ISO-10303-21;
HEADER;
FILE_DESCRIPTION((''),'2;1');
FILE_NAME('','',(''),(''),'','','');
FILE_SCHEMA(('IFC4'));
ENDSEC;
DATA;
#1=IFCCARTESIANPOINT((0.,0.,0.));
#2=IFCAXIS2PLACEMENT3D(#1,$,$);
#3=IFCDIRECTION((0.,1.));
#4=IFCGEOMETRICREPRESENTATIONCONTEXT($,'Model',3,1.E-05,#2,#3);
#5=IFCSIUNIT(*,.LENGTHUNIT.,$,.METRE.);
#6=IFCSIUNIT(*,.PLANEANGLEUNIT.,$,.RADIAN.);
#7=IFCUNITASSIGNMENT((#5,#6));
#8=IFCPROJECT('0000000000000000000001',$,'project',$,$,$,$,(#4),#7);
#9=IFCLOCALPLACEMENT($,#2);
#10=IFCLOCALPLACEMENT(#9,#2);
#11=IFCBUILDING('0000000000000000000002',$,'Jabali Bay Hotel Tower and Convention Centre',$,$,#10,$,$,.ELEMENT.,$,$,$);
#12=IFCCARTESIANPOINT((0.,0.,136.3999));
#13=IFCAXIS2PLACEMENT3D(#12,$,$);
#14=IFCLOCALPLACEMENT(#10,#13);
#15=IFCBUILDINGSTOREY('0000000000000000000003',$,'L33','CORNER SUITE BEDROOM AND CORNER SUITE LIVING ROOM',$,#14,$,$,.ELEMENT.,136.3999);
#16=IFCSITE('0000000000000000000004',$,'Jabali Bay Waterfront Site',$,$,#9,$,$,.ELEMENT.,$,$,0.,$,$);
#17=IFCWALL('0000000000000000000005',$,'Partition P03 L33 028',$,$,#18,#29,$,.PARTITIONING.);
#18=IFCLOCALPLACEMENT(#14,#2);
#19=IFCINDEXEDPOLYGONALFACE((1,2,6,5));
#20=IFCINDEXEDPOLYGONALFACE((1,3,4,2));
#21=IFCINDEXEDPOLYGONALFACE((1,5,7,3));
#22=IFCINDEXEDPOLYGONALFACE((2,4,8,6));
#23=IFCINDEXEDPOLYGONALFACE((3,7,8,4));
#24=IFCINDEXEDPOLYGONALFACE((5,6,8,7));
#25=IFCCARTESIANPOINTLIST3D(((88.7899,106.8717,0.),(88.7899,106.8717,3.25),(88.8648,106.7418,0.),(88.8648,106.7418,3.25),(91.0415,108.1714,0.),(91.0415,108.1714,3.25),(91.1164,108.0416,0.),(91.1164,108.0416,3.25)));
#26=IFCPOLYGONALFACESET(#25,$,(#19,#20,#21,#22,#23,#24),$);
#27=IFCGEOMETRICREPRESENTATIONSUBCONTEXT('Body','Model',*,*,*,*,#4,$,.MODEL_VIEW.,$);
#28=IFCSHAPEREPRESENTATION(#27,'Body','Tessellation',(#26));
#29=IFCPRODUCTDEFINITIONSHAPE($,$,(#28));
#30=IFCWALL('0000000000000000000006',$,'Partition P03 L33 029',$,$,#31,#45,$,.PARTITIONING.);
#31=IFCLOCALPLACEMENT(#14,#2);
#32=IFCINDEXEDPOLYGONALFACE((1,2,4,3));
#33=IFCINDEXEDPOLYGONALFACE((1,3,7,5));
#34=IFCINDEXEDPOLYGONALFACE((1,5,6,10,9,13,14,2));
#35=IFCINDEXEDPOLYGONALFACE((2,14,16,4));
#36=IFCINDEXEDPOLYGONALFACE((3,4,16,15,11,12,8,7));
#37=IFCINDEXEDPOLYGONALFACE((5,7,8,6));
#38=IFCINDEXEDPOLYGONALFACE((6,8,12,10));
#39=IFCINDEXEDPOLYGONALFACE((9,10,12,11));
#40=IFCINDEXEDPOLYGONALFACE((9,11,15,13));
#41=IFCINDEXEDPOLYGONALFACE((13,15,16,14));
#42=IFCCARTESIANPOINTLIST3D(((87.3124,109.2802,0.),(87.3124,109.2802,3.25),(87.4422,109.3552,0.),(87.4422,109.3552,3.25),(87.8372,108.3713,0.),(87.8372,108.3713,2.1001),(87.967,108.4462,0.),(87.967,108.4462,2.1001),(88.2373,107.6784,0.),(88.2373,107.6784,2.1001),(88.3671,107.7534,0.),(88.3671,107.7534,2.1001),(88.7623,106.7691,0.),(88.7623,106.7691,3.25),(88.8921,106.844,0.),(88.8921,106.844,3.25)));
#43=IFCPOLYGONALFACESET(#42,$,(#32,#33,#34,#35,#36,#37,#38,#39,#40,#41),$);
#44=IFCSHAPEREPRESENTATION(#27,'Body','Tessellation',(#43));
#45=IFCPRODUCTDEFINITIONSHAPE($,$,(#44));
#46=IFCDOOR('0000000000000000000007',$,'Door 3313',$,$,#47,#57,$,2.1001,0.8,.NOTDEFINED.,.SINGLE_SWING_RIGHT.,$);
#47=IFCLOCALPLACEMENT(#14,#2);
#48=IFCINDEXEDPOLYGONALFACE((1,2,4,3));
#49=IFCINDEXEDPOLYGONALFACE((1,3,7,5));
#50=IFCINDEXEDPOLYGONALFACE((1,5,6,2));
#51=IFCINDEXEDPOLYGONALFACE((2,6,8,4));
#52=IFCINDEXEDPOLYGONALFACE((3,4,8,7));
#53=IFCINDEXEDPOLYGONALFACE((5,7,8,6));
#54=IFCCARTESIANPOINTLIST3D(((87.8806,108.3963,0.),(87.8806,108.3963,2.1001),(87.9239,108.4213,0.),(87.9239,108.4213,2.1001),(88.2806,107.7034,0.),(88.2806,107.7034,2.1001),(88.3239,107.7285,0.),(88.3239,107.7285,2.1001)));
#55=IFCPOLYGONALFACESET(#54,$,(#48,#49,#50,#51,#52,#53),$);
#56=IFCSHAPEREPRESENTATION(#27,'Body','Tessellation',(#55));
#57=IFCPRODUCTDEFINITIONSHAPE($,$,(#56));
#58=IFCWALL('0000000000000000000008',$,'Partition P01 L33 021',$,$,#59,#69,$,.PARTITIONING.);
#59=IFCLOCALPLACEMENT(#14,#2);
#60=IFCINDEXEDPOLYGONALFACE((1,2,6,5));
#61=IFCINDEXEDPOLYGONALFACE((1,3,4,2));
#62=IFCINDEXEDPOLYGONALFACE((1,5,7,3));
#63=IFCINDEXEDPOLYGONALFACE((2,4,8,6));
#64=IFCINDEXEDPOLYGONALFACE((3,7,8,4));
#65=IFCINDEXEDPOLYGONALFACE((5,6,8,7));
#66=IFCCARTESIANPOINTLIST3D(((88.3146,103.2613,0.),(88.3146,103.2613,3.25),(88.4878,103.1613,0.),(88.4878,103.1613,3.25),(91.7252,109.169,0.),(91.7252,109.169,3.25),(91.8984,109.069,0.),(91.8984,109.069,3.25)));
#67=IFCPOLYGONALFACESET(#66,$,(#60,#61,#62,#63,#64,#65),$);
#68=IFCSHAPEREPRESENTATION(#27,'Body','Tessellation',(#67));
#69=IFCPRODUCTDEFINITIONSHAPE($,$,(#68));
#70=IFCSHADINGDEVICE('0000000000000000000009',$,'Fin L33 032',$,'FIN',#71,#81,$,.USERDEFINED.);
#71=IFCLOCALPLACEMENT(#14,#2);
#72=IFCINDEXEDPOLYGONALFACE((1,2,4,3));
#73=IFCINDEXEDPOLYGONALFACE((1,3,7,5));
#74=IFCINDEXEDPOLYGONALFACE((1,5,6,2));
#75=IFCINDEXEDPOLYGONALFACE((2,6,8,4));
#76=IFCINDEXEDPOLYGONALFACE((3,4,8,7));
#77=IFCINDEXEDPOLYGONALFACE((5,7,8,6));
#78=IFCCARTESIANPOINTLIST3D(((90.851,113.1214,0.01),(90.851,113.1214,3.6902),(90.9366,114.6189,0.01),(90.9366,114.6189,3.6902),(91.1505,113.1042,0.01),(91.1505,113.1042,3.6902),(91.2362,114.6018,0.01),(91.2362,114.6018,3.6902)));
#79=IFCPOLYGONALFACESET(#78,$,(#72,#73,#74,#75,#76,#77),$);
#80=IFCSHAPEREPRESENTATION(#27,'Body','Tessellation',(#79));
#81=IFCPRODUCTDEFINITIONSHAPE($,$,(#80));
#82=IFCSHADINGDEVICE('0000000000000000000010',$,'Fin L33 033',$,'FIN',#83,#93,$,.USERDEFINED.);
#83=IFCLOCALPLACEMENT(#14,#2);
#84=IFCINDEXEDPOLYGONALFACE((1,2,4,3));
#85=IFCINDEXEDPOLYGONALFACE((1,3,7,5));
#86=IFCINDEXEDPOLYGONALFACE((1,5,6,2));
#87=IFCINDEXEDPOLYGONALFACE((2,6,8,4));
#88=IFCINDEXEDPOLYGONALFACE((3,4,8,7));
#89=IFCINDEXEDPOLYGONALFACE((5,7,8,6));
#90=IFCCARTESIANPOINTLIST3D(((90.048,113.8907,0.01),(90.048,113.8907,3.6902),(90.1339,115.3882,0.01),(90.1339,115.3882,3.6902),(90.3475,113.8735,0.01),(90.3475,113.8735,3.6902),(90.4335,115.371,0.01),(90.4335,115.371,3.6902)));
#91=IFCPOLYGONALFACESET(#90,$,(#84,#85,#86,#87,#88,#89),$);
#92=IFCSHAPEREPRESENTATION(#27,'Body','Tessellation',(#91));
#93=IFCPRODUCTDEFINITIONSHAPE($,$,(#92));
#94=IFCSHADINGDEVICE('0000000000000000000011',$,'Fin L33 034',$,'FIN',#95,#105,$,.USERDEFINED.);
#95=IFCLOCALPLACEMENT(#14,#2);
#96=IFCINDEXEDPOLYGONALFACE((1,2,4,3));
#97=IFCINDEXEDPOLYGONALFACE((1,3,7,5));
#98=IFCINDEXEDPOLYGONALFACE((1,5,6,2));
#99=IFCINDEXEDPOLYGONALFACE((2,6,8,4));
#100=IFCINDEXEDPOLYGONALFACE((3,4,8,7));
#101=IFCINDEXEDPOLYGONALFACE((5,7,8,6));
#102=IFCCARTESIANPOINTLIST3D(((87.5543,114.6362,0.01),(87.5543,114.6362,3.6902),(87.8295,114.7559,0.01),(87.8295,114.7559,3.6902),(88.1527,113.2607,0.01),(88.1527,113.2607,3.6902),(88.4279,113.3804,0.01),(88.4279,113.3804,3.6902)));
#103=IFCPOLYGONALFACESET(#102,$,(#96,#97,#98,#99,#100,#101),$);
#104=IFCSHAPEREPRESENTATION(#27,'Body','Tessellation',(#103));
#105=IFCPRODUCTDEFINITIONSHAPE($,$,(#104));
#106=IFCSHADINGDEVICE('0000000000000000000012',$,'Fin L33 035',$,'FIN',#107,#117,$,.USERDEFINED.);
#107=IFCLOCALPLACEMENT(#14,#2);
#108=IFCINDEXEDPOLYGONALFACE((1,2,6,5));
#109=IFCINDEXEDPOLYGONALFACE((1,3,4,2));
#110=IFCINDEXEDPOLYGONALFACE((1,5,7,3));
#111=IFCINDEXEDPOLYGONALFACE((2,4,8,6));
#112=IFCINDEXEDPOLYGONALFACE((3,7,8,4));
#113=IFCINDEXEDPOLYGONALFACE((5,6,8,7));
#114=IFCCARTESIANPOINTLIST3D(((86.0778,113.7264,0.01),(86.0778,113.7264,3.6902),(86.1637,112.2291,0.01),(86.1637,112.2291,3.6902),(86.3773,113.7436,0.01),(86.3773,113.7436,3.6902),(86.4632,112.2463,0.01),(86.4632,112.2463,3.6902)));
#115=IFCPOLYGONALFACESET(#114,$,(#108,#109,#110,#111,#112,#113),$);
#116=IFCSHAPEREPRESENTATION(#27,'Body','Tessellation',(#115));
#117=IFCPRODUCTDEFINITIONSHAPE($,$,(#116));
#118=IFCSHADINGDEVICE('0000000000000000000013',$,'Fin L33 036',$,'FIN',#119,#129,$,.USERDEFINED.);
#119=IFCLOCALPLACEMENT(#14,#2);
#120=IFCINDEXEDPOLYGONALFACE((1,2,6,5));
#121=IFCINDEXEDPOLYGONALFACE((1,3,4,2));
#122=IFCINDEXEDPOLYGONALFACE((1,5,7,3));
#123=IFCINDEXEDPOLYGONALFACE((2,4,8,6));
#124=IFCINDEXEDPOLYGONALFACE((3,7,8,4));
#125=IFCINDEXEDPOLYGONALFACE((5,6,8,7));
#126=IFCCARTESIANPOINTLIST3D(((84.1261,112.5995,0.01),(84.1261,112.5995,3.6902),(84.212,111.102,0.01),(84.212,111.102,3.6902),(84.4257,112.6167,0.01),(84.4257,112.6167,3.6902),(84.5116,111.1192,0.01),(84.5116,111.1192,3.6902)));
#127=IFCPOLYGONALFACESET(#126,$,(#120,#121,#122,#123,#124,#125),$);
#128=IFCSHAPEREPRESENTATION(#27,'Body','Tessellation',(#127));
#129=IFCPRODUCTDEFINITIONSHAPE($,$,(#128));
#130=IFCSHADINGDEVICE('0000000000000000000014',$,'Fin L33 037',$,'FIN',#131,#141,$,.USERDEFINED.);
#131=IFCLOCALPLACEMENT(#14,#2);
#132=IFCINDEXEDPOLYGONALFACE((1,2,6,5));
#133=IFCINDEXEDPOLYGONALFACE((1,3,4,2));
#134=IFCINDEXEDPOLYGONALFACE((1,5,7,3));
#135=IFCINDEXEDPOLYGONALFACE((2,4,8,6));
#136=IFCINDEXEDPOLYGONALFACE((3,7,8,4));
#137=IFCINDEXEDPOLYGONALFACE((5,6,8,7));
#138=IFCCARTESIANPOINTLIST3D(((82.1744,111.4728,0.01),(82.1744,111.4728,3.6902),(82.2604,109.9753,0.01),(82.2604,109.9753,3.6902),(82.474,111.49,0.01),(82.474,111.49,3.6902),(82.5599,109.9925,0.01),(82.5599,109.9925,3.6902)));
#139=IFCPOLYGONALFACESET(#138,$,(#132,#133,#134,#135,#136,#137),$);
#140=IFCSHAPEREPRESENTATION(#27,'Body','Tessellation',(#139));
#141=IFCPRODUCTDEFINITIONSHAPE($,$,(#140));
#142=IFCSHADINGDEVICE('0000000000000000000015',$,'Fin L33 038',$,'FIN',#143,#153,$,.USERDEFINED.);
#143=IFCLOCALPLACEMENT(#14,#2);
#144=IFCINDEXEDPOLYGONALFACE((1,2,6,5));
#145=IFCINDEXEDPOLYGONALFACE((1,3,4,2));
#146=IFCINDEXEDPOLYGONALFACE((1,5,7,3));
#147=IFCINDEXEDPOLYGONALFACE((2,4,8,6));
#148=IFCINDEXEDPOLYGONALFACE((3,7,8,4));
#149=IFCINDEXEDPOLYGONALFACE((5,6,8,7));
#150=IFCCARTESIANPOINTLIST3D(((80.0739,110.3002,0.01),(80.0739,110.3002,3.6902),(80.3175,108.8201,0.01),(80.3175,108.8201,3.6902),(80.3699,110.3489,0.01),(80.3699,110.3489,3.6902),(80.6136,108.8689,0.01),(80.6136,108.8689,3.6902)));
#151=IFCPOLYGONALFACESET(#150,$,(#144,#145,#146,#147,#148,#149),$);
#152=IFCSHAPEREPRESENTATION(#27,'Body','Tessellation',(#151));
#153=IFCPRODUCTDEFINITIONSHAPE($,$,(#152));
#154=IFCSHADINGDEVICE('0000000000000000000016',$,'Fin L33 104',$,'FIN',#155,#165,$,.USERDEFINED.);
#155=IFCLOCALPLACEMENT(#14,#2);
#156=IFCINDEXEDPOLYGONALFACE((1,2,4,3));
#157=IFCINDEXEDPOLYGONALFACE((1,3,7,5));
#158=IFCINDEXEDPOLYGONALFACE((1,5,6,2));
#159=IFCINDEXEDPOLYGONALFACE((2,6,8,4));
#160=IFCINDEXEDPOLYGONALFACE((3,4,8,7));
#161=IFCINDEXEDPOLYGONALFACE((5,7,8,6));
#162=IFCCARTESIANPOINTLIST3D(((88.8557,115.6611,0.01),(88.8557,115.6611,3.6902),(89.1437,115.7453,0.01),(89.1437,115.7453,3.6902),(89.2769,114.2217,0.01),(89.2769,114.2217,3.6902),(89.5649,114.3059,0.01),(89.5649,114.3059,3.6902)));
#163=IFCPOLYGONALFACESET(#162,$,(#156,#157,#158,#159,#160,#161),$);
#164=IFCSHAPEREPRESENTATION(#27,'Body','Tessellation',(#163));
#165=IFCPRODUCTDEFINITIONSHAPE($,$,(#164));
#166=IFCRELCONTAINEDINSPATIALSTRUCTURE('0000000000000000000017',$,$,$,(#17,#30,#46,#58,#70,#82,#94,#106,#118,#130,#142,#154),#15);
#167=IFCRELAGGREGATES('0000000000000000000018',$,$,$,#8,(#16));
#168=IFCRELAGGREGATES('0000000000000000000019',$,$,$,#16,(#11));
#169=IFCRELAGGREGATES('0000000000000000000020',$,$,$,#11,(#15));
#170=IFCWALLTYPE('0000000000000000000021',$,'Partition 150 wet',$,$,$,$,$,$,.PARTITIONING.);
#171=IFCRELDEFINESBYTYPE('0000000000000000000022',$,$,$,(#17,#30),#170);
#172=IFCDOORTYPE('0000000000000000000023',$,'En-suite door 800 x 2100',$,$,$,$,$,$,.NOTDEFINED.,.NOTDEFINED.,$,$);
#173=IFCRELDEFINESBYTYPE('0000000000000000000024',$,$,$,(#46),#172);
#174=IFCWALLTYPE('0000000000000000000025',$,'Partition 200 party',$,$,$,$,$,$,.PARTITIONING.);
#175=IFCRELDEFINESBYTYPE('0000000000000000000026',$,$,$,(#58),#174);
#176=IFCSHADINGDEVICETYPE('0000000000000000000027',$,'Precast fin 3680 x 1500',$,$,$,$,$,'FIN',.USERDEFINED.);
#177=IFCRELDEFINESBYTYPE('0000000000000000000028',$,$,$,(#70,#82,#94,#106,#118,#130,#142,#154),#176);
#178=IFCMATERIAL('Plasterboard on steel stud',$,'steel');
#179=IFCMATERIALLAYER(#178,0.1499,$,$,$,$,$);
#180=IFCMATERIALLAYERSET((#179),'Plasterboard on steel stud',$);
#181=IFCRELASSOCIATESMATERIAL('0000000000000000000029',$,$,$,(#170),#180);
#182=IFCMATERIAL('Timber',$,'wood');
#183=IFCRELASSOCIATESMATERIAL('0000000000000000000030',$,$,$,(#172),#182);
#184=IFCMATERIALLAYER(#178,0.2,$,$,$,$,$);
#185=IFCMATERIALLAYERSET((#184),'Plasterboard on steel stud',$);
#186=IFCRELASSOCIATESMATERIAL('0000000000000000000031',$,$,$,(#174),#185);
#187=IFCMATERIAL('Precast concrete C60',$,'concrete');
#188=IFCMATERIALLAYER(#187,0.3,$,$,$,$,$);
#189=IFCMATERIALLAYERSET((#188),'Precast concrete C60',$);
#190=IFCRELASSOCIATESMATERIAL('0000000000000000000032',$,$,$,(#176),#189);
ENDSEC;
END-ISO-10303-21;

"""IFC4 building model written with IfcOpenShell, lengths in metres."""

from ifc_helpers import new_model, si_unit, direction, frame, frame_2d, origin, place, context, subcontext, project, spatial, rectangle, extrude, material, layer, layer_set, type_object, element, fill, save


model = new_model("IFC4")

# Units and contexts
model_context = context("Model", 3, precision=1e-05, world=origin(), true_north=direction((0.0, 1.0)))
body_context = subcontext(model_context, "Body", "Model", "MODEL_VIEW")
ifc_project = project(units=[si_unit("LENGTHUNIT", "METRE"), si_unit("PLANEANGLEUNIT", "RADIAN")], contexts=[model_context])

# Site, building, storey
site_placement = place(None, origin())
site = spatial("IfcSite", under=ifc_project, at=site_placement, Name="Jabali Bay Waterfront Site", CompositionType="ELEMENT", RefElevation=0.0)
building_placement = place(site_placement, origin())
building = spatial("IfcBuilding", under=site, at=building_placement, Name="Jabali Bay Hotel Tower and Convention Centre", CompositionType="ELEMENT")
storey_placement = place(building_placement, frame((0.0, 0.0, 136.3999)))
storey = spatial("IfcBuildingStorey", under=building, at=storey_placement, Name="L33", Description="CORNER SUITE BEDROOM AND CORNER SUITE LIVING ROOM", CompositionType="ELEMENT", Elevation=136.3999)

# Wall
ifc_material_1 = material(Name="Plasterboard on steel stud", Category="steel")
ifc_layer_1 = layer(ifc_material_1, 0.1499)
ifc_layer_set_1 = layer_set([ifc_layer_1], Name="Plasterboard on steel stud")
wall_type_1 = type_object("IfcWallType", Name="Partition 150 wet", PredefinedType="PARTITIONING", material=ifc_layer_set_1)
wall_1_placement = place(storey_placement, frame((91.0789, 108.1064, 0.0), z_axis=(0.0, 0.0, 1.0), x_axis=(-0.866062, -0.499937, 0.0)))
element("IfcWall", 1, at=wall_1_placement, inside=storey, type_object=wall_type_1, Name="Partition P03 L33 028", PredefinedType="PARTITIONING", context=body_context, shape_type="SweptSolid", body=[
    extrude(rectangle(XDim=2.5999, YDim=0.1499, at=frame_2d((1.2998, 0.0))), origin(), (0.0, 0.0, 1.0), 3.25),
])

# Wall, opening, door
wall_2_placement = place(storey_placement, frame((88.8271, 106.8066, 0.0), z_axis=(0.0, 0.0, 1.0), x_axis=(-0.500024, 0.866012, 0.0)))
wall_2 = element("IfcWall", 2, at=wall_2_placement, inside=storey, type_object=wall_type_1, Name="Partition P03 L33 029", PredefinedType="PARTITIONING", context=body_context, shape_type="SweptSolid", body=[
    extrude(rectangle(XDim=2.8997, YDim=0.1499, at=frame_2d((1.4497, 0.0))), origin(), (0.0, 0.0, 1.0), 3.25),
])
opening_1_placement = place(wall_2_placement, frame((1.05, 0.0, 0.0)))
opening_1 = element("IfcOpeningElement", 3, at=opening_1_placement, cuts=wall_2, PredefinedType="OPENING", context=body_context, shape_type="SweptSolid", body=[
    extrude(rectangle(XDim=0.8, YDim=2.1001, at=frame_2d((0.3999, 1.05))), frame((0.0, 0.0854, 0.0), z_axis=(0.0, -1.0, 0.0), x_axis=(1.0, 0.0, 0.0)), (0.0, 0.0, 1.0), 0.1709),
])
ifc_material_2 = material(Name="Timber", Category="wood")
door_type = type_object("IfcDoorType", Name="En-suite door 800 x 2100", OperationType="NOTDEFINED", PredefinedType="NOTDEFINED", material=ifc_material_2)
door_placement = place(opening_1_placement, origin())
door = element("IfcDoor", 4, at=door_placement, inside=storey, type_object=door_type, Name="Door 3313", OperationType="SINGLE_SWING_RIGHT", OverallHeight=2.1001, OverallWidth=0.8, PredefinedType="NOTDEFINED", context=body_context, shape_type="SweptSolid", body=[
    extrude(rectangle(XDim=0.8, YDim=2.1001, at=frame_2d((0.3999, 1.05))), frame((0.0, 0.0249, 0.0), z_axis=(0.0, -1.0, 0.0), x_axis=(1.0, 0.0, 0.0)), (0.0, 0.0, 1.0), 0.05),
])
fill(opening_1, door)

# Wall
ifc_layer_2 = layer(ifc_material_1, 0.2)
ifc_layer_set_2 = layer_set([ifc_layer_2], Name="Plasterboard on steel stud")
wall_type_2 = type_object("IfcWallType", Name="Partition 200 party", PredefinedType="PARTITIONING", material=ifc_layer_set_2)
wall_3_placement = place(storey_placement, frame((91.8118, 109.1189, 0.0), z_axis=(0.0, 0.0, 1.0), x_axis=(-0.499981, -0.866037, 0.0)))
element("IfcWall", 5, at=wall_3_placement, inside=storey, type_object=wall_type_2, Name="Partition P01 L33 021", PredefinedType="PARTITIONING", context=body_context, shape_type="SweptSolid", body=[
    extrude(rectangle(XDim=6.8215, YDim=0.2, at=frame_2d((3.4106, 0.0))), origin(), (0.0, 0.0, 1.0), 3.25),
])

# Shading devices
ifc_material_3 = material(Name="Precast concrete C60", Category="concrete")
ifc_layer_3 = layer(ifc_material_3, 0.3)
ifc_layer_set_3 = layer_set([ifc_layer_3], Name="Precast concrete C60")
shading_device_type = type_object("IfcShadingDeviceType", Name="Precast fin 3680 x 1500", ElementType="FIN", PredefinedType="USERDEFINED", material=ifc_layer_set_3)
for number, where, z_axis, x_axis, name in (
    (6, (91.0007, 113.1128, 0.01), (0.0, 0.0, 1.0), (0.057129, 0.998367, 0.0), "Fin L33 032"),
    (7, (90.1978, 113.8821, 0.01), (0.0, 0.0, 1.0), (0.057291, 0.998358, 0.0), "Fin L33 033"),
    (8, (88.2903, 113.3206, 0.01), (0.0, 0.0, 1.0), (-0.398922, 0.916985, 0.0), "Fin L33 034"),
):
    element("IfcShadingDevice", number, at=place(storey_placement, frame(where, z_axis=z_axis, x_axis=x_axis)), inside=storey, type_object=shading_device_type, Name=name, ObjectType="FIN", PredefinedType="USERDEFINED", context=body_context, shape_type="SweptSolid", body=[
        extrude(rectangle(XDim=1.5, YDim=0.3, at=frame_2d((0.75, 0.0))), origin(), (0.0, 0.0, 1.0), 3.6802),
    ])
shading_device_1_placement = place(storey_placement, frame((86.3135, 112.2375, 0.01), z_axis=(0.0, 0.0, 1.0), x_axis=(-0.0573, 0.998357, 0.0)))
element("IfcShadingDevice", 9, at=shading_device_1_placement, inside=storey, type_object=shading_device_type, Name="Fin L33 035", ObjectType="FIN", PredefinedType="USERDEFINED", context=body_context, shape_type="SweptSolid", body=[
    extrude(rectangle(XDim=1.4998, YDim=0.3, at=frame_2d((0.75, 0.0))), origin(), (0.0, 0.0, 1.0), 3.6802),
])
for number, where, z_axis, x_axis, name in (
    (10, (84.3618, 111.1106, 0.01), (0.0, 0.0, 1.0), (-0.057291, 0.998358, 0.0), "Fin L33 036"),
    (11, (82.4102, 109.9839, 0.01), (0.0, 0.0, 1.0), (-0.057291, 0.998358, 0.0), "Fin L33 037"),
    (12, (80.4656, 108.8445, 0.01), (0.0, 0.0, 1.0), (-0.162445, 0.986718, 0.0), "Fin L33 038"),
):
    element("IfcShadingDevice", number, at=place(storey_placement, frame(where, z_axis=z_axis, x_axis=x_axis)), inside=storey, type_object=shading_device_type, Name=name, ObjectType="FIN", PredefinedType="USERDEFINED", context=body_context, shape_type="SweptSolid", body=[
        extrude(rectangle(XDim=1.5, YDim=0.3, at=frame_2d((0.75, 0.0))), origin(), (0.0, 0.0, 1.0), 3.6802),
    ])
shading_device_2_placement = place(storey_placement, frame((89.4209, 114.2637, 0.01), z_axis=(0.0, 0.0, 1.0), x_axis=(-0.2808, 0.959766, 0.0)))
element("IfcShadingDevice", 13, at=shading_device_2_placement, inside=storey, type_object=shading_device_type, Name="Fin L33 104", ObjectType="FIN", PredefinedType="USERDEFINED", context=body_context, shape_type="SweptSolid", body=[
    extrude(rectangle(XDim=1.4998, YDim=0.3, at=frame_2d((0.75, 0.0))), origin(), (0.0, 0.0, 1.0), 3.6802),
])

save(model, "model.ifc")
